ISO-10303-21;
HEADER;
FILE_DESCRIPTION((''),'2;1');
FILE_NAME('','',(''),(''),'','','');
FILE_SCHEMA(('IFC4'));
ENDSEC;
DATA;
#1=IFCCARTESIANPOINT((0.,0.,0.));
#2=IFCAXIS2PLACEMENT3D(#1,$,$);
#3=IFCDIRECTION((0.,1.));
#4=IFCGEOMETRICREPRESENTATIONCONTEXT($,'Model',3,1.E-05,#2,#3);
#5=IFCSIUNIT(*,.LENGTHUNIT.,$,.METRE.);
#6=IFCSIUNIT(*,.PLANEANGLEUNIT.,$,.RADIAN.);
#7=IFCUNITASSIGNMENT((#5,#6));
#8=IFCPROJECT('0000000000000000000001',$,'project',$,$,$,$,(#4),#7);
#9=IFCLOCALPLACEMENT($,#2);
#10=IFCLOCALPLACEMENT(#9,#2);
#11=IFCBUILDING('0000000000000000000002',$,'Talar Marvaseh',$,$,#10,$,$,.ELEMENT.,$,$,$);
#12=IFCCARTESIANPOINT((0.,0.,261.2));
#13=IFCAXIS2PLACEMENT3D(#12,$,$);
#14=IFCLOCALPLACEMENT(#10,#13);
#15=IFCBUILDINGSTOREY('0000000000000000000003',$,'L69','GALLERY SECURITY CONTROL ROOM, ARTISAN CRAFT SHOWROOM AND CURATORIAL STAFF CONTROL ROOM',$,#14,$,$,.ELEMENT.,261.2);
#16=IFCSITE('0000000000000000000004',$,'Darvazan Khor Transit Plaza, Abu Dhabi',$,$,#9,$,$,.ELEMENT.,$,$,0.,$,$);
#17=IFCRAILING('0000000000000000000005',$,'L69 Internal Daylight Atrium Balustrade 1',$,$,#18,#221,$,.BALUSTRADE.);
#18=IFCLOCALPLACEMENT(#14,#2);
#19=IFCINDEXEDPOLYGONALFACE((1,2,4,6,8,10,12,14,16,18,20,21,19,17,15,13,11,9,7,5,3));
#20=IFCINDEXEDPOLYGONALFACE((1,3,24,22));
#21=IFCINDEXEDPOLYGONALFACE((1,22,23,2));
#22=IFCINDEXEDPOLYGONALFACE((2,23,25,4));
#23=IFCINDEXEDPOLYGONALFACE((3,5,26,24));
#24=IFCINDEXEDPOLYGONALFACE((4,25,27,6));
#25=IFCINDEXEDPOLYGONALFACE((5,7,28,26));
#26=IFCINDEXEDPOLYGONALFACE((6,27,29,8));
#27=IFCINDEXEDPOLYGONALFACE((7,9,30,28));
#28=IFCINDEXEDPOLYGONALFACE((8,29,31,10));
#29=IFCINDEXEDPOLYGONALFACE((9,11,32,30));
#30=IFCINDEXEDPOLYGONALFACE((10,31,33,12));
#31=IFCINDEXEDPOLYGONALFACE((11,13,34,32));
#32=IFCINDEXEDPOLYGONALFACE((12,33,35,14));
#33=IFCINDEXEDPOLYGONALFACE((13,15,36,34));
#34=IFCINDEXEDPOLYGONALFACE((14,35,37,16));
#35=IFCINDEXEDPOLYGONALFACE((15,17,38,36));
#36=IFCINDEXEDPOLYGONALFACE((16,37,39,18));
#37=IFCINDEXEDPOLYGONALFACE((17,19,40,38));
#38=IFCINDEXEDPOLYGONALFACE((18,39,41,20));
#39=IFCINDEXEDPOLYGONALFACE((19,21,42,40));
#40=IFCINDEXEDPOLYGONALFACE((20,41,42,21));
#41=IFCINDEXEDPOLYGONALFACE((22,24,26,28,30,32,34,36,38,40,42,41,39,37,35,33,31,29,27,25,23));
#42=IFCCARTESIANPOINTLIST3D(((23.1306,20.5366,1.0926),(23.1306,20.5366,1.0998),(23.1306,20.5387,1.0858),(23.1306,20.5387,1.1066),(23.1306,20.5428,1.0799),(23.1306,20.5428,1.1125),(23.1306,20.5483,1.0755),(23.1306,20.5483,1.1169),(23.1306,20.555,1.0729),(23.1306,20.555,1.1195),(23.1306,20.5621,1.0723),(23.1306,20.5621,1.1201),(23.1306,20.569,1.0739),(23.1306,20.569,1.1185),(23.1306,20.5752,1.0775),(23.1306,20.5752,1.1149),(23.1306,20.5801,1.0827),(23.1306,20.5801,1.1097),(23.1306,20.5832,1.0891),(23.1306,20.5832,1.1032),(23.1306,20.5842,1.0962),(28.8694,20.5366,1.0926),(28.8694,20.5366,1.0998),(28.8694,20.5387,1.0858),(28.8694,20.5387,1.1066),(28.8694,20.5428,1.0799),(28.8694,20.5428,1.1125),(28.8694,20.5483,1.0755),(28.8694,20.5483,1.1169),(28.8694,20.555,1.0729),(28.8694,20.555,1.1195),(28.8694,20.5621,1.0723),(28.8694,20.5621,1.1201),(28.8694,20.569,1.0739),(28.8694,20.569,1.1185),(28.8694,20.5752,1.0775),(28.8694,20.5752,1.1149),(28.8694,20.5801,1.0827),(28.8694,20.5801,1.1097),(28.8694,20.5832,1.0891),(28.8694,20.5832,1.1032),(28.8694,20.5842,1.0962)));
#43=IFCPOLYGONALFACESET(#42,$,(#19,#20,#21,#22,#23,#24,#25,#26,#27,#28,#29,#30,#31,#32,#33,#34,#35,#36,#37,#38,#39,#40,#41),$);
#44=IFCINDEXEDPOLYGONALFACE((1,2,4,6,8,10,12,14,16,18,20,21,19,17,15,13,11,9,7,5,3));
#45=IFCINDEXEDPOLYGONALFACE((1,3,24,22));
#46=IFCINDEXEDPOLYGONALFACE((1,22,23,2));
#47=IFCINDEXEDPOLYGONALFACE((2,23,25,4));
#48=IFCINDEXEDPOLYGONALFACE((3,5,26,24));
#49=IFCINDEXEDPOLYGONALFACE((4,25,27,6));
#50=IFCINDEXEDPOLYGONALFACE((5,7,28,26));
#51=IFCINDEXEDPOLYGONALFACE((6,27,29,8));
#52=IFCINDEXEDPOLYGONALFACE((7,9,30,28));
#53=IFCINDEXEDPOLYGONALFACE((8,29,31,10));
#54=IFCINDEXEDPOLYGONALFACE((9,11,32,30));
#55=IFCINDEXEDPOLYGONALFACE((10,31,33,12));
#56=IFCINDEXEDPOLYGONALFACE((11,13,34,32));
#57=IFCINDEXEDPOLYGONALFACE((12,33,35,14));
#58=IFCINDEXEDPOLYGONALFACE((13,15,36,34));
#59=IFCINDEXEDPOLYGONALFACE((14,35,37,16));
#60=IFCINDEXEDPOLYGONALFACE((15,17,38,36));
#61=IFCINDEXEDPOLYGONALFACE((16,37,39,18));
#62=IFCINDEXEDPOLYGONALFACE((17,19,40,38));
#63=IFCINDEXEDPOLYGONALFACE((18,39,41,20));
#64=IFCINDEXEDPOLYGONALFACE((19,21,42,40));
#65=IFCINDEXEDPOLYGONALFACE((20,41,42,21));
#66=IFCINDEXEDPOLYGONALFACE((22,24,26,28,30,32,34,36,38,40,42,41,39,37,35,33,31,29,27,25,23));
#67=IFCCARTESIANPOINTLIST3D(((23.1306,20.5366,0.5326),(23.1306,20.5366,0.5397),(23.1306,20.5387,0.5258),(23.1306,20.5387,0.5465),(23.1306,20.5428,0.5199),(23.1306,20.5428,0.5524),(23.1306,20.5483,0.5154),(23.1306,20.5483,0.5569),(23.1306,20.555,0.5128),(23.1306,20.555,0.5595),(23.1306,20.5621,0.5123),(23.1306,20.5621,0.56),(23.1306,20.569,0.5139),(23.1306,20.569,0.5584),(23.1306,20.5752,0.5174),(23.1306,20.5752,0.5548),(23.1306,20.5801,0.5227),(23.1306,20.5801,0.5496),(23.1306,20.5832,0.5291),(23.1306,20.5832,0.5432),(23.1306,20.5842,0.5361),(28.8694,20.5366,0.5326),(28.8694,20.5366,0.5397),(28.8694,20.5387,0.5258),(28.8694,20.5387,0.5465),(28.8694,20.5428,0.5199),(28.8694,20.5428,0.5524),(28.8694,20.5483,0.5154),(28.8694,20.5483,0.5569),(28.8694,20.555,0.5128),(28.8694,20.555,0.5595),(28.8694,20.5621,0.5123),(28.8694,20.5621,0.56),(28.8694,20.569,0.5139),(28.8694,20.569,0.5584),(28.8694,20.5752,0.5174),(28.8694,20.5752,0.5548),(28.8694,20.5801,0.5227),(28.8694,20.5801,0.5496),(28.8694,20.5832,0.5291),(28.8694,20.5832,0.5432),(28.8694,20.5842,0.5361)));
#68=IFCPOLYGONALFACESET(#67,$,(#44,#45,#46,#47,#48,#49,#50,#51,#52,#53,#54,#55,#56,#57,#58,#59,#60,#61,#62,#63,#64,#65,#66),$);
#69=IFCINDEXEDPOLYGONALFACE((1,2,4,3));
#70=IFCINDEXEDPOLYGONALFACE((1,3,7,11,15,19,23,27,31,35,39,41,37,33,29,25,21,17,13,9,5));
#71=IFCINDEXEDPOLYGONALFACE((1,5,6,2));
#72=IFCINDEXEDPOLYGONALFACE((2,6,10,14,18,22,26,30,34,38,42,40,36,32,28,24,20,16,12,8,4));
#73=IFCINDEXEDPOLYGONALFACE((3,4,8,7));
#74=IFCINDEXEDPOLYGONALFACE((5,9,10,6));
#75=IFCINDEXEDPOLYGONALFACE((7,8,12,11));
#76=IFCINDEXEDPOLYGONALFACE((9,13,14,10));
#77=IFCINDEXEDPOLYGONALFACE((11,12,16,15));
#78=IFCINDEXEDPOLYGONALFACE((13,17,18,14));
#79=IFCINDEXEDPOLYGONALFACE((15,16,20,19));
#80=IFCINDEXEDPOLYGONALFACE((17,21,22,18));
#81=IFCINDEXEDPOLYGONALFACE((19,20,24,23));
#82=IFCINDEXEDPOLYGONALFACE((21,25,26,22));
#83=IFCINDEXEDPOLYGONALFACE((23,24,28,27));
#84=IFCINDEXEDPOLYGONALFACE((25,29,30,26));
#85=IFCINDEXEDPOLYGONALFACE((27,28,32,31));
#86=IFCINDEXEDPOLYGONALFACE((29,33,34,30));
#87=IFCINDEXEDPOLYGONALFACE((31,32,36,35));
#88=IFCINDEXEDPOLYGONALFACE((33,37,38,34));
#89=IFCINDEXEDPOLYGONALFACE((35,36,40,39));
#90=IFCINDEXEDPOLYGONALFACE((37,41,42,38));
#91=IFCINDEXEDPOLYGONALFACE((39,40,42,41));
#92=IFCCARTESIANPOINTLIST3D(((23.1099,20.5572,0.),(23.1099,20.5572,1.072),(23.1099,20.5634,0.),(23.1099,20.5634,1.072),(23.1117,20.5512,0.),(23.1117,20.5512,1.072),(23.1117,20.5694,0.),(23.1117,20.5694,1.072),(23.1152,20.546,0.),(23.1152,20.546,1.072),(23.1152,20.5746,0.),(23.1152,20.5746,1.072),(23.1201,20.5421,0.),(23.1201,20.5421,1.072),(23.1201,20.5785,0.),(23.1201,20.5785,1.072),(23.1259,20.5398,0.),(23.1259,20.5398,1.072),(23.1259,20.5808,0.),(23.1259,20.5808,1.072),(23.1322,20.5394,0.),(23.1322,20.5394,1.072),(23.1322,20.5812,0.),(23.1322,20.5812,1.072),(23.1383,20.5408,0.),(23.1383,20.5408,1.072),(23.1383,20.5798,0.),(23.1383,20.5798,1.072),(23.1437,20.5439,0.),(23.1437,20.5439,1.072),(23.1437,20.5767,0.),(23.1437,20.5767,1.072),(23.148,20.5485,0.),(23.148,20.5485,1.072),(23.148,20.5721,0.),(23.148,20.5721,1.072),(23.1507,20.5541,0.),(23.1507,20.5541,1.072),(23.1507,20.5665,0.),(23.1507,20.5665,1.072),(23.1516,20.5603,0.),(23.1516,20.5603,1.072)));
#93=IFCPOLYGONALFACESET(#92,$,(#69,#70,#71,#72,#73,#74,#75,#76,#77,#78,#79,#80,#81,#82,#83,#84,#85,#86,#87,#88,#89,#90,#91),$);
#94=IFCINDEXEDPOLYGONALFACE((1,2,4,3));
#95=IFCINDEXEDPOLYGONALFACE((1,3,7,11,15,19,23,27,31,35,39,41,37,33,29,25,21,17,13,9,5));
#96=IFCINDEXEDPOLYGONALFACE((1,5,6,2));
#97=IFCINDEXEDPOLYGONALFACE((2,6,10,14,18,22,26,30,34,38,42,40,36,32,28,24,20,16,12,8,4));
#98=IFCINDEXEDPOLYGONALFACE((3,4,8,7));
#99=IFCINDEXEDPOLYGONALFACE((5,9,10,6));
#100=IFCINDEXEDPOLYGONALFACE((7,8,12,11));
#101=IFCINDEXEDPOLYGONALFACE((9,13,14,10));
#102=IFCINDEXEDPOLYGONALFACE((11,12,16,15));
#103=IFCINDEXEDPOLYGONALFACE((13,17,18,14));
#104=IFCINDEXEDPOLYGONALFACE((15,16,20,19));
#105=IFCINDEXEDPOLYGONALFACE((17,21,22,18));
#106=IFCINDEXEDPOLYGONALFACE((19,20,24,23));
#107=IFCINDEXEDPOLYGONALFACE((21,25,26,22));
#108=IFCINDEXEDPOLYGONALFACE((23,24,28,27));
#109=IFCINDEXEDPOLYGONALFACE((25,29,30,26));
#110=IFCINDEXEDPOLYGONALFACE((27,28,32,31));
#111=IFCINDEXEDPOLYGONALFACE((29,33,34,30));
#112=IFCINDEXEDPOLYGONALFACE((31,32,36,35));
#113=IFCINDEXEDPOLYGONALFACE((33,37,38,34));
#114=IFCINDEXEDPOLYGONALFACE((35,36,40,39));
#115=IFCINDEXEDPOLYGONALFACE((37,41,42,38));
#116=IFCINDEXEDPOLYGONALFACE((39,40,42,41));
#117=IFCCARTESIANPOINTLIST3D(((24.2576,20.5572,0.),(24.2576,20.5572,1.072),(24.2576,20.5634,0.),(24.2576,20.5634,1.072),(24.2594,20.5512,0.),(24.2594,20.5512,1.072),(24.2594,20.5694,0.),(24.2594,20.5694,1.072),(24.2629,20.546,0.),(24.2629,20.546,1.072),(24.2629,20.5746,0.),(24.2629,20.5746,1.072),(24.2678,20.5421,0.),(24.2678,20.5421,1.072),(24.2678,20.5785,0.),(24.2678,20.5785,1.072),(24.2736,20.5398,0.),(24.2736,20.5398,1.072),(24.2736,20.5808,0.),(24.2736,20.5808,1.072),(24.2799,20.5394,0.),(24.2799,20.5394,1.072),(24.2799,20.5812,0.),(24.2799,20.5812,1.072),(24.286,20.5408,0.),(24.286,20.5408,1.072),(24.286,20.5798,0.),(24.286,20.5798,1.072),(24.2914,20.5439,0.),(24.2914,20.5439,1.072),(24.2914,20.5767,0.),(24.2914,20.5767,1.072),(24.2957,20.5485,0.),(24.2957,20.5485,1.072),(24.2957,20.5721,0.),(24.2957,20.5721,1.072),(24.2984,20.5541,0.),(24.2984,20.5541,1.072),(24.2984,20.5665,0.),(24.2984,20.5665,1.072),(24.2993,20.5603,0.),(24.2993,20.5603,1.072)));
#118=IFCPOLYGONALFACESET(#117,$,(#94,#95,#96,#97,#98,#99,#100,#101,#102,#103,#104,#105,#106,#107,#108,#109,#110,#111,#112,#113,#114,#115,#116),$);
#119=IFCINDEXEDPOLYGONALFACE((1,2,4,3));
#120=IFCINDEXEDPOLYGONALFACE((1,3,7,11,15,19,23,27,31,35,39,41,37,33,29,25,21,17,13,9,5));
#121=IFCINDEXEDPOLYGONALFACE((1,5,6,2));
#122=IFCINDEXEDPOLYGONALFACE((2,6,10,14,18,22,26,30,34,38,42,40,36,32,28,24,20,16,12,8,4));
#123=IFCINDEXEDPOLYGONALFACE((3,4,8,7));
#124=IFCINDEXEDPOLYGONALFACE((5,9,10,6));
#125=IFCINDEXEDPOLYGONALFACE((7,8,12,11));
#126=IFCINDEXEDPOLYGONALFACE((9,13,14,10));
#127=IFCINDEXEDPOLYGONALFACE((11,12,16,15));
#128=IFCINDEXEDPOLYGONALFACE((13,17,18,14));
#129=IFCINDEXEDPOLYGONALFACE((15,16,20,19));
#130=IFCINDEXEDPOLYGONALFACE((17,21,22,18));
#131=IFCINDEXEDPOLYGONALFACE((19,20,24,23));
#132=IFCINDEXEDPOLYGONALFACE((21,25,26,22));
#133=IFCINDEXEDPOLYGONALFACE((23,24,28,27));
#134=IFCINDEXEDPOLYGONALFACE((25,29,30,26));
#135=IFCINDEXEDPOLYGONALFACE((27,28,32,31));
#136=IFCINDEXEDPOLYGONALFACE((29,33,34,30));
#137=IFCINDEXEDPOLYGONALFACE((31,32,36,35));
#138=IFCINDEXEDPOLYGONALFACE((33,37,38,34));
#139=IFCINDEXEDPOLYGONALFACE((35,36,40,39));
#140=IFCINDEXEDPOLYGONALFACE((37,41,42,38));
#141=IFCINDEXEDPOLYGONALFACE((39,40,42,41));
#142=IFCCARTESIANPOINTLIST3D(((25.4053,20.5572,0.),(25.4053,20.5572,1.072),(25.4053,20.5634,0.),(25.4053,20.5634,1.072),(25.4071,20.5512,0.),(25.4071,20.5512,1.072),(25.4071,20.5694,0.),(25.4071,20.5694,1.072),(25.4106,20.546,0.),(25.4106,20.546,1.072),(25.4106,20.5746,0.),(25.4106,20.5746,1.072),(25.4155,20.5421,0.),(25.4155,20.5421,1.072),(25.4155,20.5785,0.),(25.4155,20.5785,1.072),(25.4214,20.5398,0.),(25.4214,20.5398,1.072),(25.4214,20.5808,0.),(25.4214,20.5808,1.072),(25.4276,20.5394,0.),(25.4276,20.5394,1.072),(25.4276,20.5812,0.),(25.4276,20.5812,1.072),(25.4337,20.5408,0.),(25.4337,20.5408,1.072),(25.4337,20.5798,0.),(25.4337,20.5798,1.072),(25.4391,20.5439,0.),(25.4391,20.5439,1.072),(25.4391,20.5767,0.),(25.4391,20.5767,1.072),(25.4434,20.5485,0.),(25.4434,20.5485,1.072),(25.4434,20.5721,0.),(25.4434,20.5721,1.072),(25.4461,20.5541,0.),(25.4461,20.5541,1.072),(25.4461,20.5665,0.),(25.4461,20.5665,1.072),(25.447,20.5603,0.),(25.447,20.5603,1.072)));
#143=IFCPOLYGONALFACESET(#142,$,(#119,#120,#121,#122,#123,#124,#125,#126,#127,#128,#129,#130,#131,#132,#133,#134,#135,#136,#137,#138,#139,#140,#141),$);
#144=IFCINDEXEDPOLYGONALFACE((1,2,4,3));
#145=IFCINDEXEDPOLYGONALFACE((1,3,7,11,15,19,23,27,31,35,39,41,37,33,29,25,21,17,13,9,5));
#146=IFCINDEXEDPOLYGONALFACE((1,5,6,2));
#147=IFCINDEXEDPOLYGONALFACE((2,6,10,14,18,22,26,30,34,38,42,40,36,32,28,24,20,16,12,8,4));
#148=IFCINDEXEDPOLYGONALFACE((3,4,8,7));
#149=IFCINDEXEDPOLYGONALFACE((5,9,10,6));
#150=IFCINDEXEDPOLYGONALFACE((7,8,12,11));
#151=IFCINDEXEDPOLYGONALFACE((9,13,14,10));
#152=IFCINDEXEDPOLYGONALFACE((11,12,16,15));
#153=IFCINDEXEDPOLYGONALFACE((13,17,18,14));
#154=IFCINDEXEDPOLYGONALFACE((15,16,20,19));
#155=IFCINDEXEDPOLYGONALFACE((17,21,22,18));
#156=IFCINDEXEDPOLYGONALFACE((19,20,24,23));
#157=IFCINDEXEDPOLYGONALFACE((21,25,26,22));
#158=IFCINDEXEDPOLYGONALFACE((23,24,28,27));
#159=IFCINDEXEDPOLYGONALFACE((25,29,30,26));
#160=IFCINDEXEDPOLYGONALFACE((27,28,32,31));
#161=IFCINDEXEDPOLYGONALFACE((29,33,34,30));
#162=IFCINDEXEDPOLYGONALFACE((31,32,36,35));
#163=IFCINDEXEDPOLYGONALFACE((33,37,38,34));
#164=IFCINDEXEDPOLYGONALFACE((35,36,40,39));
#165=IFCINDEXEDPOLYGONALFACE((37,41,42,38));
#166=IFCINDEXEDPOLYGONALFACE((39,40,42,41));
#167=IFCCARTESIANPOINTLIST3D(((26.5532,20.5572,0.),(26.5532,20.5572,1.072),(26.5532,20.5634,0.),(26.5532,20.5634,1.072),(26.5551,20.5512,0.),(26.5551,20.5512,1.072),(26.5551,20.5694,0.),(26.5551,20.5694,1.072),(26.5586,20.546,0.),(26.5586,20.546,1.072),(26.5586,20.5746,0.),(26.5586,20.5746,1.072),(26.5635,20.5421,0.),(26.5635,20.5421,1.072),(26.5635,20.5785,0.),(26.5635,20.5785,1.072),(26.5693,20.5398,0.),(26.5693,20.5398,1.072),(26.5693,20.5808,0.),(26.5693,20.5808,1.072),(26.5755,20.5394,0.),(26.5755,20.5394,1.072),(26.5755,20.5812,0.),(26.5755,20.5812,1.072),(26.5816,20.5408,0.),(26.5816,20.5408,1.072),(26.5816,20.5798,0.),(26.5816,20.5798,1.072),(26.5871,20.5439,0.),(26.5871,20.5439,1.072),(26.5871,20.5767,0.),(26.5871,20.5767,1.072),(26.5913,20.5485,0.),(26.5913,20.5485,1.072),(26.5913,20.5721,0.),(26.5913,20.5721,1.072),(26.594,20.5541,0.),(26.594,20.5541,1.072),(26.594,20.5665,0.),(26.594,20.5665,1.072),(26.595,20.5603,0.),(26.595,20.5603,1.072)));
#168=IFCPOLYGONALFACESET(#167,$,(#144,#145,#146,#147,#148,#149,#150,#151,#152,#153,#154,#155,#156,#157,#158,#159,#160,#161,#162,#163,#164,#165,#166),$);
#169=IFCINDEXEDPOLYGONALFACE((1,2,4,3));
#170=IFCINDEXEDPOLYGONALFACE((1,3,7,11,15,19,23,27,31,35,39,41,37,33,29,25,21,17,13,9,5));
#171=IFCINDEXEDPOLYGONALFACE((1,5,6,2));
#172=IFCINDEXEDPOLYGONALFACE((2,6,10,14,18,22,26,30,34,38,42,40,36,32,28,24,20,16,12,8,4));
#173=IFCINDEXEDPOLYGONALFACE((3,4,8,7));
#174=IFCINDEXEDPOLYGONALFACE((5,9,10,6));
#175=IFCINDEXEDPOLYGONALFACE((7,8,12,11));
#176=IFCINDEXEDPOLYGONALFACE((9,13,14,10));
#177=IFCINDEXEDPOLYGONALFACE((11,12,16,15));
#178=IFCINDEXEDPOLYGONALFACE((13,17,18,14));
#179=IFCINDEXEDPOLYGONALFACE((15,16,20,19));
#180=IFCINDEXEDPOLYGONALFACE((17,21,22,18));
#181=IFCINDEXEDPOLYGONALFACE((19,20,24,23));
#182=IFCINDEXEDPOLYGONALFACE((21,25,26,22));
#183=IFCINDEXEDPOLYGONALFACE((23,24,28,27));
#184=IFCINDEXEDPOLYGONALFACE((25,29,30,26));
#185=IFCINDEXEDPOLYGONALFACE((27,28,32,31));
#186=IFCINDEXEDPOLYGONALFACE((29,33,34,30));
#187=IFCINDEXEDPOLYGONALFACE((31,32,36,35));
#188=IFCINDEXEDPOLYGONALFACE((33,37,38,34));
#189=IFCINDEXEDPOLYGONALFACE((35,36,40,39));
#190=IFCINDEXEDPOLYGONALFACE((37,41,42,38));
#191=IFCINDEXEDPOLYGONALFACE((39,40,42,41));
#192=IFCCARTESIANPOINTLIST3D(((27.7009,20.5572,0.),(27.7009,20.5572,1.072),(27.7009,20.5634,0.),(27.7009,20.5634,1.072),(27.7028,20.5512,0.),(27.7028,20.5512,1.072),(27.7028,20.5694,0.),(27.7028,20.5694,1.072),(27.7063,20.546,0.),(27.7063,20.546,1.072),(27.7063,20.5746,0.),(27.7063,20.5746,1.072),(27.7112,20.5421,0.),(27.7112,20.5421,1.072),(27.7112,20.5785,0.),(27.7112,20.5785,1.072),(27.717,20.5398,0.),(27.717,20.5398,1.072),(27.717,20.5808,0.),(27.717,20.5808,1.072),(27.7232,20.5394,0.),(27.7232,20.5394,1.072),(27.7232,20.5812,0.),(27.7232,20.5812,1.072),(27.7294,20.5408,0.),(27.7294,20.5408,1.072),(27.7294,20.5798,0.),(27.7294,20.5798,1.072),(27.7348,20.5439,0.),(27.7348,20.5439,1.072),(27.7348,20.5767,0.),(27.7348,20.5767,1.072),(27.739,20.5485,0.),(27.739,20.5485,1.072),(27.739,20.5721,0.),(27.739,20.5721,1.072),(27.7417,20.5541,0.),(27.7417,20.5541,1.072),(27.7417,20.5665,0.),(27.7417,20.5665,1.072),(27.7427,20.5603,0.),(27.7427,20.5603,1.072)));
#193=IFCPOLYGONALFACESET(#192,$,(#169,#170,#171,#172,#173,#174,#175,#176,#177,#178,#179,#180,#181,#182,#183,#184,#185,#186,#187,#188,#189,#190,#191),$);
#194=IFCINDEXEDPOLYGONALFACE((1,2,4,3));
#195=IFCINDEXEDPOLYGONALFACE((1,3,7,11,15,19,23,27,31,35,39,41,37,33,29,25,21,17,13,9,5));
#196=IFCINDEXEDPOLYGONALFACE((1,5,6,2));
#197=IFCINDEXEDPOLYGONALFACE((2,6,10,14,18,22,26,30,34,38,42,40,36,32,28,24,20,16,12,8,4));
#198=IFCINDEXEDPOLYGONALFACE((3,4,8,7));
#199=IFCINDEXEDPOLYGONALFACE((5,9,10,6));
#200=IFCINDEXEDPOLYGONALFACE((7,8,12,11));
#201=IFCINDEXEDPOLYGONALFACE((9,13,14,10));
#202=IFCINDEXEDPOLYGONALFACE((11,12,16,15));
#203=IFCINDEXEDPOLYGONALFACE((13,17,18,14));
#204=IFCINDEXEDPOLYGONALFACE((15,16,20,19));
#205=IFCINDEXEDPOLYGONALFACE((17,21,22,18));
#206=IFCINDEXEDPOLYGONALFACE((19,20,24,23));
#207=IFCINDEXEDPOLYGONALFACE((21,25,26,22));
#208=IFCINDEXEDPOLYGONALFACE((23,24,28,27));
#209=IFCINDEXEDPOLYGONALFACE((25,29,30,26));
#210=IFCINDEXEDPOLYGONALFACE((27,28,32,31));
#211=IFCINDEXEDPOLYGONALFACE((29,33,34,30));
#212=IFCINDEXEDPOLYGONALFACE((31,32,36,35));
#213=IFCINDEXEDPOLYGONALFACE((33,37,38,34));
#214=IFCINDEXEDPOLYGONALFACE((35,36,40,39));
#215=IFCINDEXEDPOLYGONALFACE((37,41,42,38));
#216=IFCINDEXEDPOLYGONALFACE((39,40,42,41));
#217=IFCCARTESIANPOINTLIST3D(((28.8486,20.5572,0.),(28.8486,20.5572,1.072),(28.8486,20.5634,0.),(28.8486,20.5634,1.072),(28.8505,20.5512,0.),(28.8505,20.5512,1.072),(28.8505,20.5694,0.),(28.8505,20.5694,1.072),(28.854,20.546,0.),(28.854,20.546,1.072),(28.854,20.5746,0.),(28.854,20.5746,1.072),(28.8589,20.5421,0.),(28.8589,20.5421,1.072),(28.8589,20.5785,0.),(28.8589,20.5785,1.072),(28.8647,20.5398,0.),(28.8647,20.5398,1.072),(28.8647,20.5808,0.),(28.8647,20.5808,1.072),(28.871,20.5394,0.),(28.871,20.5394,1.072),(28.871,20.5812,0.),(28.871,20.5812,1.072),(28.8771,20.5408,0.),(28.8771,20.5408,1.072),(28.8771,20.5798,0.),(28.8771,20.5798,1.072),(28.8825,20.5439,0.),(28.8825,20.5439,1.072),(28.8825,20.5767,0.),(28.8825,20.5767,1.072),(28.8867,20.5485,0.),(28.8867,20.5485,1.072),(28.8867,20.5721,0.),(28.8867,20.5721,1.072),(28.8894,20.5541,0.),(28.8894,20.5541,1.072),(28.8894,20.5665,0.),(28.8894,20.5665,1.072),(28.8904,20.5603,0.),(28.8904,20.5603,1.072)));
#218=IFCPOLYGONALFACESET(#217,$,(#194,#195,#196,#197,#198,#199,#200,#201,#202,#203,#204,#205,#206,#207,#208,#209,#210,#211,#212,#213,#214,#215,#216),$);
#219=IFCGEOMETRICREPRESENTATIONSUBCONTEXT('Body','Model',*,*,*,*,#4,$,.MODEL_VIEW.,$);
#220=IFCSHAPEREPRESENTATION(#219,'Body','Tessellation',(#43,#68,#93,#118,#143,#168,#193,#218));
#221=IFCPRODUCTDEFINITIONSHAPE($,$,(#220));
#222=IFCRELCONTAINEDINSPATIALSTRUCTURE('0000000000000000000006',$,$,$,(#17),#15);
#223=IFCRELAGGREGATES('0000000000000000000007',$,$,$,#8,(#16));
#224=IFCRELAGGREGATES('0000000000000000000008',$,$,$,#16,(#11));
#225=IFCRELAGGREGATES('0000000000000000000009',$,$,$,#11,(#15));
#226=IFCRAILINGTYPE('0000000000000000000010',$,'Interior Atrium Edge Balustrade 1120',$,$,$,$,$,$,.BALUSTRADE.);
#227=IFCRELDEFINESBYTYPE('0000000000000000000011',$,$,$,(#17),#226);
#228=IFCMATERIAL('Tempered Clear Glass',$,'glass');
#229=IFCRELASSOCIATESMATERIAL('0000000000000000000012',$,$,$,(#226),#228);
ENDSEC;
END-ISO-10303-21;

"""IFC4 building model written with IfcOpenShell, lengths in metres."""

from ifc_helpers import new_model, si_unit, direction, frame, origin, origin_2d, place, context, subcontext, project, spatial, circle, extrude, material, type_object, element, save


model = new_model("IFC4")

# Units and contexts
model_context = context("Model", 3, precision=1e-05, world=origin(), true_north=direction((0.0, 1.0)))
body_context = subcontext(model_context, "Body", "Model", "MODEL_VIEW")
ifc_project = project(units=[si_unit("LENGTHUNIT", "METRE"), si_unit("PLANEANGLEUNIT", "RADIAN")], contexts=[model_context])

# Site, building, storey
site_placement = place(None, origin())
site = spatial("IfcSite", under=ifc_project, at=site_placement, Name="Darvazan Khor Transit Plaza, Abu Dhabi", CompositionType="ELEMENT", RefElevation=0.0)
building_placement = place(site_placement, origin())
building = spatial("IfcBuilding", under=site, at=building_placement, Name="Talar Marvaseh", CompositionType="ELEMENT")
storey_placement = place(building_placement, frame((0.0, 0.0, 261.2)))
storey = spatial("IfcBuildingStorey", under=building, at=storey_placement, Name="L69", Description="GALLERY SECURITY CONTROL ROOM, ARTISAN CRAFT SHOWROOM AND CURATORIAL STAFF CONTROL ROOM", CompositionType="ELEMENT", Elevation=261.2)

# Railing
ifc_material_1 = material(Name="Tempered Clear Glass", Category="glass")
railing_type = type_object("IfcRailingType", Name="Interior Atrium Edge Balustrade 1120", PredefinedType="BALUSTRADE", material=ifc_material_1)
railing_1_placement = place(storey_placement, frame((23.1306, 20.5603, 0.0)))
element("IfcRailing", 1, at=railing_1_placement, inside=storey, type_object=railing_type, Name="L69 Internal Daylight Atrium Balustrade 1", PredefinedType="BALUSTRADE", context=body_context, shape_type="SweptSolid", body=[
    extrude(circle(Radius=0.0239, at=origin_2d()), frame((0.0, 0.0, 1.0962), z_axis=(1.0, 0.0, 0.0), x_axis=(0.0, 1.0, 0.0)), (0.0, 0.0, 1.0), 5.7388),
    extrude(circle(Radius=0.0239, at=origin_2d()), frame((0.0, 0.0, 0.5361), z_axis=(1.0, 0.0, 0.0), x_axis=(0.0, 1.0, 0.0)), (0.0, 0.0, 1.0), 5.7388),
    extrude(circle(Radius=0.021, at=origin_2d()), origin(), (0.0, 0.0, 1.0), 1.072),
    extrude(circle(Radius=0.021, at=origin_2d()), frame((1.1477, 0.0, 0.0)), (0.0, 0.0, 1.0), 1.072),
    extrude(circle(Radius=0.021, at=origin_2d()), frame((2.2954, 0.0, 0.0)), (0.0, 0.0, 1.0), 1.072),
    extrude(circle(Radius=0.021, at=origin_2d()), frame((3.4434, 0.0, 0.0)), (0.0, 0.0, 1.0), 1.072),
    extrude(circle(Radius=0.021, at=origin_2d()), frame((4.5911, 0.0, 0.0)), (0.0, 0.0, 1.0), 1.072),
    extrude(circle(Radius=0.021, at=origin_2d()), frame((5.7388, 0.0, 0.0)), (0.0, 0.0, 1.0), 1.072),
])

save(model, "model.ifc")
